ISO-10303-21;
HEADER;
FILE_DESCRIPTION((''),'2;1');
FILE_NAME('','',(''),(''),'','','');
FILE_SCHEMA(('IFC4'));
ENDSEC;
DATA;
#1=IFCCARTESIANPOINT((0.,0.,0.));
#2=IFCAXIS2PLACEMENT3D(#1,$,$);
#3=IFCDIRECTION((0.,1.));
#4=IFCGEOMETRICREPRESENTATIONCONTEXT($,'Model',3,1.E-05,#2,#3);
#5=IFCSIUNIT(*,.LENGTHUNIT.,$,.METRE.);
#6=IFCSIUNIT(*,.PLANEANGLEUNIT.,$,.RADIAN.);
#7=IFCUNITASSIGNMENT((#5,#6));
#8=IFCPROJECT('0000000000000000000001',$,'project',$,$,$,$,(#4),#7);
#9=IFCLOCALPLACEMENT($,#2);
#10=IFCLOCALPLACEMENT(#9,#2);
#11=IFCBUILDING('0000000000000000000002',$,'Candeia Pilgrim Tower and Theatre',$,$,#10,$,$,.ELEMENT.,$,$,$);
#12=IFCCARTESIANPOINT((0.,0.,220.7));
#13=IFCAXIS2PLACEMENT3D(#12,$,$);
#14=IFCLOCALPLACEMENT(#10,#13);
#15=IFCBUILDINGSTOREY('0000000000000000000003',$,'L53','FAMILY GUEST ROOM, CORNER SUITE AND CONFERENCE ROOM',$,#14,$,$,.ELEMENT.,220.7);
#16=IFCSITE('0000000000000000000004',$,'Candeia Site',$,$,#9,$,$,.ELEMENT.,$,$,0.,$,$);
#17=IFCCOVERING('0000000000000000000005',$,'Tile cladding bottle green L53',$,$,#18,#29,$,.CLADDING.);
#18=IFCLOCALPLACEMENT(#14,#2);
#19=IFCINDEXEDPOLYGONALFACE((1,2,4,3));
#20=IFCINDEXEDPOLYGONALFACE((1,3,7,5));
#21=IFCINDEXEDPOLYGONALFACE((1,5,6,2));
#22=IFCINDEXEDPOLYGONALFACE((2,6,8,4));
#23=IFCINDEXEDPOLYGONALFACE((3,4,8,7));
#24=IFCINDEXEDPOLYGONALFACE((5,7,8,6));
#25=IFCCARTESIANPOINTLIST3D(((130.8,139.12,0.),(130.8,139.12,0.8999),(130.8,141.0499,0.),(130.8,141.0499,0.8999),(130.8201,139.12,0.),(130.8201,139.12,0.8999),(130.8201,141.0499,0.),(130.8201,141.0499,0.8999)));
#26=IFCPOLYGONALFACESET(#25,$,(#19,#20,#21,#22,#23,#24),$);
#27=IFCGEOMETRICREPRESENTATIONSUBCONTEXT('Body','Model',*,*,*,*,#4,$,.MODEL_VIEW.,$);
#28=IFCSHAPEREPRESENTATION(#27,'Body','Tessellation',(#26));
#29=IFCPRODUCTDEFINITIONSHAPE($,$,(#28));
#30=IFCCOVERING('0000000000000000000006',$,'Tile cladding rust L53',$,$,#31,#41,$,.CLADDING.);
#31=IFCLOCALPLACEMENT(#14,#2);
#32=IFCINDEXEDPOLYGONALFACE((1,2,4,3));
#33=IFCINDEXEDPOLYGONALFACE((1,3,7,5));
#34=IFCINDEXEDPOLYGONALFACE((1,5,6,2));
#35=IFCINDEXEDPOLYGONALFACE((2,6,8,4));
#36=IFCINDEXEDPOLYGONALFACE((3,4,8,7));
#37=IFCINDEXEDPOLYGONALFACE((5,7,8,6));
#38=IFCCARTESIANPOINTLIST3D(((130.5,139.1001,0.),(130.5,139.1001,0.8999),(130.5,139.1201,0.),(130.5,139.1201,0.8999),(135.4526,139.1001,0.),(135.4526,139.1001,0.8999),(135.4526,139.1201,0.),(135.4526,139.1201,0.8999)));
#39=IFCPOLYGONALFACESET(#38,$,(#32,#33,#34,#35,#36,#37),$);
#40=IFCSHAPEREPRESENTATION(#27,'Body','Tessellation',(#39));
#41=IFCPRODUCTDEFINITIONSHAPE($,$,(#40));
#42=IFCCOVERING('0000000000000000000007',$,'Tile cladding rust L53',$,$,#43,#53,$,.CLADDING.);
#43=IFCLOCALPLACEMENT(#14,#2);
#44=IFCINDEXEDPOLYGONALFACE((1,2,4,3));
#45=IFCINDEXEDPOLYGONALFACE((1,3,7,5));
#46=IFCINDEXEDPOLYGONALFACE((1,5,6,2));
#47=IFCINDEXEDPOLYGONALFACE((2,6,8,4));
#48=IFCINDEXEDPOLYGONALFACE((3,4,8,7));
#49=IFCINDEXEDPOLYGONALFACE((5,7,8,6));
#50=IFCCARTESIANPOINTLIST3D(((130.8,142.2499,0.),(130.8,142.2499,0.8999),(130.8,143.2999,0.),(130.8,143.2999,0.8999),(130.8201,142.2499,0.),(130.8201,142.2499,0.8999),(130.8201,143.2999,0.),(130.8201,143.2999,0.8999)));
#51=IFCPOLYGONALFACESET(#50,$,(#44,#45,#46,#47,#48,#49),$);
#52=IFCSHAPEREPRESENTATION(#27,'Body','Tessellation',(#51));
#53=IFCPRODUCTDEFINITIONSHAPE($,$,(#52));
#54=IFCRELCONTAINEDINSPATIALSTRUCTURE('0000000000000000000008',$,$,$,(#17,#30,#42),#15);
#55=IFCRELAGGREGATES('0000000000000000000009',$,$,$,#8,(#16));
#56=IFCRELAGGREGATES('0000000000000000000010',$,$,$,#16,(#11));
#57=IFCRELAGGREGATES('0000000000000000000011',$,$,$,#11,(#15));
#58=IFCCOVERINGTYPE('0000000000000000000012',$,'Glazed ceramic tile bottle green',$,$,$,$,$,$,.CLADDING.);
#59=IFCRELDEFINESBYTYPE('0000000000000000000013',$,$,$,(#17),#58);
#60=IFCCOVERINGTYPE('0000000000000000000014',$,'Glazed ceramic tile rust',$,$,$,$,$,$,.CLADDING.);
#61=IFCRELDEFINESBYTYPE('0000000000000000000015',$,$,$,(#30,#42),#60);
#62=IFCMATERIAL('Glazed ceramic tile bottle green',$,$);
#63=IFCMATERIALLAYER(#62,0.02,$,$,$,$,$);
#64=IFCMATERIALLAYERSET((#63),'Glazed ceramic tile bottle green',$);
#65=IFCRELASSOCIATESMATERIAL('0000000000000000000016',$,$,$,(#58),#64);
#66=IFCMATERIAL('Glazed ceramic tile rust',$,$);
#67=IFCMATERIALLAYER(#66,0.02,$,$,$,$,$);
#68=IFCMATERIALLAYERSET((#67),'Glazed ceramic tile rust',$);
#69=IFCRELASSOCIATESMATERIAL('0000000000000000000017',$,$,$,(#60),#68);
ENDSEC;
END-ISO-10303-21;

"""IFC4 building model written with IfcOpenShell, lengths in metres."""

from ifc_helpers import new_model, si_unit, direction, frame, origin, origin_2d, place, context, subcontext, project, spatial, rectangle, extrude, material, layer, layer_set, type_object, element, save


model = new_model("IFC4")

# Units and contexts
model_context = context("Model", 3, precision=1e-05, world=origin(), true_north=direction((0.0, 1.0)))
body_context = subcontext(model_context, "Body", "Model", "MODEL_VIEW")
ifc_project = project(units=[si_unit("LENGTHUNIT", "METRE"), si_unit("PLANEANGLEUNIT", "RADIAN")], contexts=[model_context])

# Site, building, storey
site_placement = place(None, origin())
site = spatial("IfcSite", under=ifc_project, at=site_placement, Name="Candeia Site", CompositionType="ELEMENT", RefElevation=0.0)
building_placement = place(site_placement, origin())
building = spatial("IfcBuilding", under=site, at=building_placement, Name="Candeia Pilgrim Tower and Theatre", CompositionType="ELEMENT")
storey_placement = place(building_placement, frame((0.0, 0.0, 220.7)))
storey = spatial("IfcBuildingStorey", under=building, at=storey_placement, Name="L53", Description="FAMILY GUEST ROOM, CORNER SUITE AND CONFERENCE ROOM", CompositionType="ELEMENT", Elevation=220.7)

# Coverings
ifc_material_1 = material(Name="Glazed ceramic tile bottle green")
ifc_layer_1 = layer(ifc_material_1, 0.02)
ifc_layer_set_1 = layer_set([ifc_layer_1], Name="Glazed ceramic tile bottle green")
covering_type_1 = type_object("IfcCoveringType", Name="Glazed ceramic tile bottle green", PredefinedType="CLADDING", material=ifc_layer_set_1)
covering_1_placement = place(storey_placement, frame((130.8101, 140.085, 0.0), z_axis=(0.0, 0.0, 1.0), x_axis=(0.0, 1.0, 0.0)))
element("IfcCovering", 1, at=covering_1_placement, inside=storey, type_object=covering_type_1, Name="Tile cladding bottle green L53", PredefinedType="CLADDING", context=body_context, shape_type="SweptSolid", body=[
    extrude(rectangle(XDim=1.9299, YDim=0.02, at=origin_2d()), origin(), (0.0, 0.0, 1.0), 0.8999),
])
ifc_material_2 = material(Name="Glazed ceramic tile rust")
ifc_layer_2 = layer(ifc_material_2, 0.02)
ifc_layer_set_2 = layer_set([ifc_layer_2], Name="Glazed ceramic tile rust")
covering_type_2 = type_object("IfcCoveringType", Name="Glazed ceramic tile rust", PredefinedType="CLADDING", material=ifc_layer_set_2)
covering_2_placement = place(storey_placement, frame((132.9763, 139.1101, 0.0), z_axis=(0.0, 0.0, 1.0), x_axis=(-1.0, 0.0, 0.0)))
element("IfcCovering", 2, at=covering_2_placement, inside=storey, type_object=covering_type_2, Name="Tile cladding rust L53", PredefinedType="CLADDING", context=body_context, shape_type="SweptSolid", body=[
    extrude(rectangle(XDim=4.9526, YDim=0.02, at=origin_2d()), origin(), (0.0, 0.0, 1.0), 0.8999),
])
covering_3_placement = place(storey_placement, frame((130.8101, 142.7749, 0.0), z_axis=(0.0, 0.0, 1.0), x_axis=(0.0, 1.0, 0.0)))
element("IfcCovering", 3, at=covering_3_placement, inside=storey, type_object=covering_type_2, Name="Tile cladding rust L53", PredefinedType="CLADDING", context=body_context, shape_type="SweptSolid", body=[
    extrude(rectangle(XDim=1.05, YDim=0.02, at=origin_2d()), origin(), (0.0, 0.0, 1.0), 0.8999),
])

save(model, "model.ifc")
